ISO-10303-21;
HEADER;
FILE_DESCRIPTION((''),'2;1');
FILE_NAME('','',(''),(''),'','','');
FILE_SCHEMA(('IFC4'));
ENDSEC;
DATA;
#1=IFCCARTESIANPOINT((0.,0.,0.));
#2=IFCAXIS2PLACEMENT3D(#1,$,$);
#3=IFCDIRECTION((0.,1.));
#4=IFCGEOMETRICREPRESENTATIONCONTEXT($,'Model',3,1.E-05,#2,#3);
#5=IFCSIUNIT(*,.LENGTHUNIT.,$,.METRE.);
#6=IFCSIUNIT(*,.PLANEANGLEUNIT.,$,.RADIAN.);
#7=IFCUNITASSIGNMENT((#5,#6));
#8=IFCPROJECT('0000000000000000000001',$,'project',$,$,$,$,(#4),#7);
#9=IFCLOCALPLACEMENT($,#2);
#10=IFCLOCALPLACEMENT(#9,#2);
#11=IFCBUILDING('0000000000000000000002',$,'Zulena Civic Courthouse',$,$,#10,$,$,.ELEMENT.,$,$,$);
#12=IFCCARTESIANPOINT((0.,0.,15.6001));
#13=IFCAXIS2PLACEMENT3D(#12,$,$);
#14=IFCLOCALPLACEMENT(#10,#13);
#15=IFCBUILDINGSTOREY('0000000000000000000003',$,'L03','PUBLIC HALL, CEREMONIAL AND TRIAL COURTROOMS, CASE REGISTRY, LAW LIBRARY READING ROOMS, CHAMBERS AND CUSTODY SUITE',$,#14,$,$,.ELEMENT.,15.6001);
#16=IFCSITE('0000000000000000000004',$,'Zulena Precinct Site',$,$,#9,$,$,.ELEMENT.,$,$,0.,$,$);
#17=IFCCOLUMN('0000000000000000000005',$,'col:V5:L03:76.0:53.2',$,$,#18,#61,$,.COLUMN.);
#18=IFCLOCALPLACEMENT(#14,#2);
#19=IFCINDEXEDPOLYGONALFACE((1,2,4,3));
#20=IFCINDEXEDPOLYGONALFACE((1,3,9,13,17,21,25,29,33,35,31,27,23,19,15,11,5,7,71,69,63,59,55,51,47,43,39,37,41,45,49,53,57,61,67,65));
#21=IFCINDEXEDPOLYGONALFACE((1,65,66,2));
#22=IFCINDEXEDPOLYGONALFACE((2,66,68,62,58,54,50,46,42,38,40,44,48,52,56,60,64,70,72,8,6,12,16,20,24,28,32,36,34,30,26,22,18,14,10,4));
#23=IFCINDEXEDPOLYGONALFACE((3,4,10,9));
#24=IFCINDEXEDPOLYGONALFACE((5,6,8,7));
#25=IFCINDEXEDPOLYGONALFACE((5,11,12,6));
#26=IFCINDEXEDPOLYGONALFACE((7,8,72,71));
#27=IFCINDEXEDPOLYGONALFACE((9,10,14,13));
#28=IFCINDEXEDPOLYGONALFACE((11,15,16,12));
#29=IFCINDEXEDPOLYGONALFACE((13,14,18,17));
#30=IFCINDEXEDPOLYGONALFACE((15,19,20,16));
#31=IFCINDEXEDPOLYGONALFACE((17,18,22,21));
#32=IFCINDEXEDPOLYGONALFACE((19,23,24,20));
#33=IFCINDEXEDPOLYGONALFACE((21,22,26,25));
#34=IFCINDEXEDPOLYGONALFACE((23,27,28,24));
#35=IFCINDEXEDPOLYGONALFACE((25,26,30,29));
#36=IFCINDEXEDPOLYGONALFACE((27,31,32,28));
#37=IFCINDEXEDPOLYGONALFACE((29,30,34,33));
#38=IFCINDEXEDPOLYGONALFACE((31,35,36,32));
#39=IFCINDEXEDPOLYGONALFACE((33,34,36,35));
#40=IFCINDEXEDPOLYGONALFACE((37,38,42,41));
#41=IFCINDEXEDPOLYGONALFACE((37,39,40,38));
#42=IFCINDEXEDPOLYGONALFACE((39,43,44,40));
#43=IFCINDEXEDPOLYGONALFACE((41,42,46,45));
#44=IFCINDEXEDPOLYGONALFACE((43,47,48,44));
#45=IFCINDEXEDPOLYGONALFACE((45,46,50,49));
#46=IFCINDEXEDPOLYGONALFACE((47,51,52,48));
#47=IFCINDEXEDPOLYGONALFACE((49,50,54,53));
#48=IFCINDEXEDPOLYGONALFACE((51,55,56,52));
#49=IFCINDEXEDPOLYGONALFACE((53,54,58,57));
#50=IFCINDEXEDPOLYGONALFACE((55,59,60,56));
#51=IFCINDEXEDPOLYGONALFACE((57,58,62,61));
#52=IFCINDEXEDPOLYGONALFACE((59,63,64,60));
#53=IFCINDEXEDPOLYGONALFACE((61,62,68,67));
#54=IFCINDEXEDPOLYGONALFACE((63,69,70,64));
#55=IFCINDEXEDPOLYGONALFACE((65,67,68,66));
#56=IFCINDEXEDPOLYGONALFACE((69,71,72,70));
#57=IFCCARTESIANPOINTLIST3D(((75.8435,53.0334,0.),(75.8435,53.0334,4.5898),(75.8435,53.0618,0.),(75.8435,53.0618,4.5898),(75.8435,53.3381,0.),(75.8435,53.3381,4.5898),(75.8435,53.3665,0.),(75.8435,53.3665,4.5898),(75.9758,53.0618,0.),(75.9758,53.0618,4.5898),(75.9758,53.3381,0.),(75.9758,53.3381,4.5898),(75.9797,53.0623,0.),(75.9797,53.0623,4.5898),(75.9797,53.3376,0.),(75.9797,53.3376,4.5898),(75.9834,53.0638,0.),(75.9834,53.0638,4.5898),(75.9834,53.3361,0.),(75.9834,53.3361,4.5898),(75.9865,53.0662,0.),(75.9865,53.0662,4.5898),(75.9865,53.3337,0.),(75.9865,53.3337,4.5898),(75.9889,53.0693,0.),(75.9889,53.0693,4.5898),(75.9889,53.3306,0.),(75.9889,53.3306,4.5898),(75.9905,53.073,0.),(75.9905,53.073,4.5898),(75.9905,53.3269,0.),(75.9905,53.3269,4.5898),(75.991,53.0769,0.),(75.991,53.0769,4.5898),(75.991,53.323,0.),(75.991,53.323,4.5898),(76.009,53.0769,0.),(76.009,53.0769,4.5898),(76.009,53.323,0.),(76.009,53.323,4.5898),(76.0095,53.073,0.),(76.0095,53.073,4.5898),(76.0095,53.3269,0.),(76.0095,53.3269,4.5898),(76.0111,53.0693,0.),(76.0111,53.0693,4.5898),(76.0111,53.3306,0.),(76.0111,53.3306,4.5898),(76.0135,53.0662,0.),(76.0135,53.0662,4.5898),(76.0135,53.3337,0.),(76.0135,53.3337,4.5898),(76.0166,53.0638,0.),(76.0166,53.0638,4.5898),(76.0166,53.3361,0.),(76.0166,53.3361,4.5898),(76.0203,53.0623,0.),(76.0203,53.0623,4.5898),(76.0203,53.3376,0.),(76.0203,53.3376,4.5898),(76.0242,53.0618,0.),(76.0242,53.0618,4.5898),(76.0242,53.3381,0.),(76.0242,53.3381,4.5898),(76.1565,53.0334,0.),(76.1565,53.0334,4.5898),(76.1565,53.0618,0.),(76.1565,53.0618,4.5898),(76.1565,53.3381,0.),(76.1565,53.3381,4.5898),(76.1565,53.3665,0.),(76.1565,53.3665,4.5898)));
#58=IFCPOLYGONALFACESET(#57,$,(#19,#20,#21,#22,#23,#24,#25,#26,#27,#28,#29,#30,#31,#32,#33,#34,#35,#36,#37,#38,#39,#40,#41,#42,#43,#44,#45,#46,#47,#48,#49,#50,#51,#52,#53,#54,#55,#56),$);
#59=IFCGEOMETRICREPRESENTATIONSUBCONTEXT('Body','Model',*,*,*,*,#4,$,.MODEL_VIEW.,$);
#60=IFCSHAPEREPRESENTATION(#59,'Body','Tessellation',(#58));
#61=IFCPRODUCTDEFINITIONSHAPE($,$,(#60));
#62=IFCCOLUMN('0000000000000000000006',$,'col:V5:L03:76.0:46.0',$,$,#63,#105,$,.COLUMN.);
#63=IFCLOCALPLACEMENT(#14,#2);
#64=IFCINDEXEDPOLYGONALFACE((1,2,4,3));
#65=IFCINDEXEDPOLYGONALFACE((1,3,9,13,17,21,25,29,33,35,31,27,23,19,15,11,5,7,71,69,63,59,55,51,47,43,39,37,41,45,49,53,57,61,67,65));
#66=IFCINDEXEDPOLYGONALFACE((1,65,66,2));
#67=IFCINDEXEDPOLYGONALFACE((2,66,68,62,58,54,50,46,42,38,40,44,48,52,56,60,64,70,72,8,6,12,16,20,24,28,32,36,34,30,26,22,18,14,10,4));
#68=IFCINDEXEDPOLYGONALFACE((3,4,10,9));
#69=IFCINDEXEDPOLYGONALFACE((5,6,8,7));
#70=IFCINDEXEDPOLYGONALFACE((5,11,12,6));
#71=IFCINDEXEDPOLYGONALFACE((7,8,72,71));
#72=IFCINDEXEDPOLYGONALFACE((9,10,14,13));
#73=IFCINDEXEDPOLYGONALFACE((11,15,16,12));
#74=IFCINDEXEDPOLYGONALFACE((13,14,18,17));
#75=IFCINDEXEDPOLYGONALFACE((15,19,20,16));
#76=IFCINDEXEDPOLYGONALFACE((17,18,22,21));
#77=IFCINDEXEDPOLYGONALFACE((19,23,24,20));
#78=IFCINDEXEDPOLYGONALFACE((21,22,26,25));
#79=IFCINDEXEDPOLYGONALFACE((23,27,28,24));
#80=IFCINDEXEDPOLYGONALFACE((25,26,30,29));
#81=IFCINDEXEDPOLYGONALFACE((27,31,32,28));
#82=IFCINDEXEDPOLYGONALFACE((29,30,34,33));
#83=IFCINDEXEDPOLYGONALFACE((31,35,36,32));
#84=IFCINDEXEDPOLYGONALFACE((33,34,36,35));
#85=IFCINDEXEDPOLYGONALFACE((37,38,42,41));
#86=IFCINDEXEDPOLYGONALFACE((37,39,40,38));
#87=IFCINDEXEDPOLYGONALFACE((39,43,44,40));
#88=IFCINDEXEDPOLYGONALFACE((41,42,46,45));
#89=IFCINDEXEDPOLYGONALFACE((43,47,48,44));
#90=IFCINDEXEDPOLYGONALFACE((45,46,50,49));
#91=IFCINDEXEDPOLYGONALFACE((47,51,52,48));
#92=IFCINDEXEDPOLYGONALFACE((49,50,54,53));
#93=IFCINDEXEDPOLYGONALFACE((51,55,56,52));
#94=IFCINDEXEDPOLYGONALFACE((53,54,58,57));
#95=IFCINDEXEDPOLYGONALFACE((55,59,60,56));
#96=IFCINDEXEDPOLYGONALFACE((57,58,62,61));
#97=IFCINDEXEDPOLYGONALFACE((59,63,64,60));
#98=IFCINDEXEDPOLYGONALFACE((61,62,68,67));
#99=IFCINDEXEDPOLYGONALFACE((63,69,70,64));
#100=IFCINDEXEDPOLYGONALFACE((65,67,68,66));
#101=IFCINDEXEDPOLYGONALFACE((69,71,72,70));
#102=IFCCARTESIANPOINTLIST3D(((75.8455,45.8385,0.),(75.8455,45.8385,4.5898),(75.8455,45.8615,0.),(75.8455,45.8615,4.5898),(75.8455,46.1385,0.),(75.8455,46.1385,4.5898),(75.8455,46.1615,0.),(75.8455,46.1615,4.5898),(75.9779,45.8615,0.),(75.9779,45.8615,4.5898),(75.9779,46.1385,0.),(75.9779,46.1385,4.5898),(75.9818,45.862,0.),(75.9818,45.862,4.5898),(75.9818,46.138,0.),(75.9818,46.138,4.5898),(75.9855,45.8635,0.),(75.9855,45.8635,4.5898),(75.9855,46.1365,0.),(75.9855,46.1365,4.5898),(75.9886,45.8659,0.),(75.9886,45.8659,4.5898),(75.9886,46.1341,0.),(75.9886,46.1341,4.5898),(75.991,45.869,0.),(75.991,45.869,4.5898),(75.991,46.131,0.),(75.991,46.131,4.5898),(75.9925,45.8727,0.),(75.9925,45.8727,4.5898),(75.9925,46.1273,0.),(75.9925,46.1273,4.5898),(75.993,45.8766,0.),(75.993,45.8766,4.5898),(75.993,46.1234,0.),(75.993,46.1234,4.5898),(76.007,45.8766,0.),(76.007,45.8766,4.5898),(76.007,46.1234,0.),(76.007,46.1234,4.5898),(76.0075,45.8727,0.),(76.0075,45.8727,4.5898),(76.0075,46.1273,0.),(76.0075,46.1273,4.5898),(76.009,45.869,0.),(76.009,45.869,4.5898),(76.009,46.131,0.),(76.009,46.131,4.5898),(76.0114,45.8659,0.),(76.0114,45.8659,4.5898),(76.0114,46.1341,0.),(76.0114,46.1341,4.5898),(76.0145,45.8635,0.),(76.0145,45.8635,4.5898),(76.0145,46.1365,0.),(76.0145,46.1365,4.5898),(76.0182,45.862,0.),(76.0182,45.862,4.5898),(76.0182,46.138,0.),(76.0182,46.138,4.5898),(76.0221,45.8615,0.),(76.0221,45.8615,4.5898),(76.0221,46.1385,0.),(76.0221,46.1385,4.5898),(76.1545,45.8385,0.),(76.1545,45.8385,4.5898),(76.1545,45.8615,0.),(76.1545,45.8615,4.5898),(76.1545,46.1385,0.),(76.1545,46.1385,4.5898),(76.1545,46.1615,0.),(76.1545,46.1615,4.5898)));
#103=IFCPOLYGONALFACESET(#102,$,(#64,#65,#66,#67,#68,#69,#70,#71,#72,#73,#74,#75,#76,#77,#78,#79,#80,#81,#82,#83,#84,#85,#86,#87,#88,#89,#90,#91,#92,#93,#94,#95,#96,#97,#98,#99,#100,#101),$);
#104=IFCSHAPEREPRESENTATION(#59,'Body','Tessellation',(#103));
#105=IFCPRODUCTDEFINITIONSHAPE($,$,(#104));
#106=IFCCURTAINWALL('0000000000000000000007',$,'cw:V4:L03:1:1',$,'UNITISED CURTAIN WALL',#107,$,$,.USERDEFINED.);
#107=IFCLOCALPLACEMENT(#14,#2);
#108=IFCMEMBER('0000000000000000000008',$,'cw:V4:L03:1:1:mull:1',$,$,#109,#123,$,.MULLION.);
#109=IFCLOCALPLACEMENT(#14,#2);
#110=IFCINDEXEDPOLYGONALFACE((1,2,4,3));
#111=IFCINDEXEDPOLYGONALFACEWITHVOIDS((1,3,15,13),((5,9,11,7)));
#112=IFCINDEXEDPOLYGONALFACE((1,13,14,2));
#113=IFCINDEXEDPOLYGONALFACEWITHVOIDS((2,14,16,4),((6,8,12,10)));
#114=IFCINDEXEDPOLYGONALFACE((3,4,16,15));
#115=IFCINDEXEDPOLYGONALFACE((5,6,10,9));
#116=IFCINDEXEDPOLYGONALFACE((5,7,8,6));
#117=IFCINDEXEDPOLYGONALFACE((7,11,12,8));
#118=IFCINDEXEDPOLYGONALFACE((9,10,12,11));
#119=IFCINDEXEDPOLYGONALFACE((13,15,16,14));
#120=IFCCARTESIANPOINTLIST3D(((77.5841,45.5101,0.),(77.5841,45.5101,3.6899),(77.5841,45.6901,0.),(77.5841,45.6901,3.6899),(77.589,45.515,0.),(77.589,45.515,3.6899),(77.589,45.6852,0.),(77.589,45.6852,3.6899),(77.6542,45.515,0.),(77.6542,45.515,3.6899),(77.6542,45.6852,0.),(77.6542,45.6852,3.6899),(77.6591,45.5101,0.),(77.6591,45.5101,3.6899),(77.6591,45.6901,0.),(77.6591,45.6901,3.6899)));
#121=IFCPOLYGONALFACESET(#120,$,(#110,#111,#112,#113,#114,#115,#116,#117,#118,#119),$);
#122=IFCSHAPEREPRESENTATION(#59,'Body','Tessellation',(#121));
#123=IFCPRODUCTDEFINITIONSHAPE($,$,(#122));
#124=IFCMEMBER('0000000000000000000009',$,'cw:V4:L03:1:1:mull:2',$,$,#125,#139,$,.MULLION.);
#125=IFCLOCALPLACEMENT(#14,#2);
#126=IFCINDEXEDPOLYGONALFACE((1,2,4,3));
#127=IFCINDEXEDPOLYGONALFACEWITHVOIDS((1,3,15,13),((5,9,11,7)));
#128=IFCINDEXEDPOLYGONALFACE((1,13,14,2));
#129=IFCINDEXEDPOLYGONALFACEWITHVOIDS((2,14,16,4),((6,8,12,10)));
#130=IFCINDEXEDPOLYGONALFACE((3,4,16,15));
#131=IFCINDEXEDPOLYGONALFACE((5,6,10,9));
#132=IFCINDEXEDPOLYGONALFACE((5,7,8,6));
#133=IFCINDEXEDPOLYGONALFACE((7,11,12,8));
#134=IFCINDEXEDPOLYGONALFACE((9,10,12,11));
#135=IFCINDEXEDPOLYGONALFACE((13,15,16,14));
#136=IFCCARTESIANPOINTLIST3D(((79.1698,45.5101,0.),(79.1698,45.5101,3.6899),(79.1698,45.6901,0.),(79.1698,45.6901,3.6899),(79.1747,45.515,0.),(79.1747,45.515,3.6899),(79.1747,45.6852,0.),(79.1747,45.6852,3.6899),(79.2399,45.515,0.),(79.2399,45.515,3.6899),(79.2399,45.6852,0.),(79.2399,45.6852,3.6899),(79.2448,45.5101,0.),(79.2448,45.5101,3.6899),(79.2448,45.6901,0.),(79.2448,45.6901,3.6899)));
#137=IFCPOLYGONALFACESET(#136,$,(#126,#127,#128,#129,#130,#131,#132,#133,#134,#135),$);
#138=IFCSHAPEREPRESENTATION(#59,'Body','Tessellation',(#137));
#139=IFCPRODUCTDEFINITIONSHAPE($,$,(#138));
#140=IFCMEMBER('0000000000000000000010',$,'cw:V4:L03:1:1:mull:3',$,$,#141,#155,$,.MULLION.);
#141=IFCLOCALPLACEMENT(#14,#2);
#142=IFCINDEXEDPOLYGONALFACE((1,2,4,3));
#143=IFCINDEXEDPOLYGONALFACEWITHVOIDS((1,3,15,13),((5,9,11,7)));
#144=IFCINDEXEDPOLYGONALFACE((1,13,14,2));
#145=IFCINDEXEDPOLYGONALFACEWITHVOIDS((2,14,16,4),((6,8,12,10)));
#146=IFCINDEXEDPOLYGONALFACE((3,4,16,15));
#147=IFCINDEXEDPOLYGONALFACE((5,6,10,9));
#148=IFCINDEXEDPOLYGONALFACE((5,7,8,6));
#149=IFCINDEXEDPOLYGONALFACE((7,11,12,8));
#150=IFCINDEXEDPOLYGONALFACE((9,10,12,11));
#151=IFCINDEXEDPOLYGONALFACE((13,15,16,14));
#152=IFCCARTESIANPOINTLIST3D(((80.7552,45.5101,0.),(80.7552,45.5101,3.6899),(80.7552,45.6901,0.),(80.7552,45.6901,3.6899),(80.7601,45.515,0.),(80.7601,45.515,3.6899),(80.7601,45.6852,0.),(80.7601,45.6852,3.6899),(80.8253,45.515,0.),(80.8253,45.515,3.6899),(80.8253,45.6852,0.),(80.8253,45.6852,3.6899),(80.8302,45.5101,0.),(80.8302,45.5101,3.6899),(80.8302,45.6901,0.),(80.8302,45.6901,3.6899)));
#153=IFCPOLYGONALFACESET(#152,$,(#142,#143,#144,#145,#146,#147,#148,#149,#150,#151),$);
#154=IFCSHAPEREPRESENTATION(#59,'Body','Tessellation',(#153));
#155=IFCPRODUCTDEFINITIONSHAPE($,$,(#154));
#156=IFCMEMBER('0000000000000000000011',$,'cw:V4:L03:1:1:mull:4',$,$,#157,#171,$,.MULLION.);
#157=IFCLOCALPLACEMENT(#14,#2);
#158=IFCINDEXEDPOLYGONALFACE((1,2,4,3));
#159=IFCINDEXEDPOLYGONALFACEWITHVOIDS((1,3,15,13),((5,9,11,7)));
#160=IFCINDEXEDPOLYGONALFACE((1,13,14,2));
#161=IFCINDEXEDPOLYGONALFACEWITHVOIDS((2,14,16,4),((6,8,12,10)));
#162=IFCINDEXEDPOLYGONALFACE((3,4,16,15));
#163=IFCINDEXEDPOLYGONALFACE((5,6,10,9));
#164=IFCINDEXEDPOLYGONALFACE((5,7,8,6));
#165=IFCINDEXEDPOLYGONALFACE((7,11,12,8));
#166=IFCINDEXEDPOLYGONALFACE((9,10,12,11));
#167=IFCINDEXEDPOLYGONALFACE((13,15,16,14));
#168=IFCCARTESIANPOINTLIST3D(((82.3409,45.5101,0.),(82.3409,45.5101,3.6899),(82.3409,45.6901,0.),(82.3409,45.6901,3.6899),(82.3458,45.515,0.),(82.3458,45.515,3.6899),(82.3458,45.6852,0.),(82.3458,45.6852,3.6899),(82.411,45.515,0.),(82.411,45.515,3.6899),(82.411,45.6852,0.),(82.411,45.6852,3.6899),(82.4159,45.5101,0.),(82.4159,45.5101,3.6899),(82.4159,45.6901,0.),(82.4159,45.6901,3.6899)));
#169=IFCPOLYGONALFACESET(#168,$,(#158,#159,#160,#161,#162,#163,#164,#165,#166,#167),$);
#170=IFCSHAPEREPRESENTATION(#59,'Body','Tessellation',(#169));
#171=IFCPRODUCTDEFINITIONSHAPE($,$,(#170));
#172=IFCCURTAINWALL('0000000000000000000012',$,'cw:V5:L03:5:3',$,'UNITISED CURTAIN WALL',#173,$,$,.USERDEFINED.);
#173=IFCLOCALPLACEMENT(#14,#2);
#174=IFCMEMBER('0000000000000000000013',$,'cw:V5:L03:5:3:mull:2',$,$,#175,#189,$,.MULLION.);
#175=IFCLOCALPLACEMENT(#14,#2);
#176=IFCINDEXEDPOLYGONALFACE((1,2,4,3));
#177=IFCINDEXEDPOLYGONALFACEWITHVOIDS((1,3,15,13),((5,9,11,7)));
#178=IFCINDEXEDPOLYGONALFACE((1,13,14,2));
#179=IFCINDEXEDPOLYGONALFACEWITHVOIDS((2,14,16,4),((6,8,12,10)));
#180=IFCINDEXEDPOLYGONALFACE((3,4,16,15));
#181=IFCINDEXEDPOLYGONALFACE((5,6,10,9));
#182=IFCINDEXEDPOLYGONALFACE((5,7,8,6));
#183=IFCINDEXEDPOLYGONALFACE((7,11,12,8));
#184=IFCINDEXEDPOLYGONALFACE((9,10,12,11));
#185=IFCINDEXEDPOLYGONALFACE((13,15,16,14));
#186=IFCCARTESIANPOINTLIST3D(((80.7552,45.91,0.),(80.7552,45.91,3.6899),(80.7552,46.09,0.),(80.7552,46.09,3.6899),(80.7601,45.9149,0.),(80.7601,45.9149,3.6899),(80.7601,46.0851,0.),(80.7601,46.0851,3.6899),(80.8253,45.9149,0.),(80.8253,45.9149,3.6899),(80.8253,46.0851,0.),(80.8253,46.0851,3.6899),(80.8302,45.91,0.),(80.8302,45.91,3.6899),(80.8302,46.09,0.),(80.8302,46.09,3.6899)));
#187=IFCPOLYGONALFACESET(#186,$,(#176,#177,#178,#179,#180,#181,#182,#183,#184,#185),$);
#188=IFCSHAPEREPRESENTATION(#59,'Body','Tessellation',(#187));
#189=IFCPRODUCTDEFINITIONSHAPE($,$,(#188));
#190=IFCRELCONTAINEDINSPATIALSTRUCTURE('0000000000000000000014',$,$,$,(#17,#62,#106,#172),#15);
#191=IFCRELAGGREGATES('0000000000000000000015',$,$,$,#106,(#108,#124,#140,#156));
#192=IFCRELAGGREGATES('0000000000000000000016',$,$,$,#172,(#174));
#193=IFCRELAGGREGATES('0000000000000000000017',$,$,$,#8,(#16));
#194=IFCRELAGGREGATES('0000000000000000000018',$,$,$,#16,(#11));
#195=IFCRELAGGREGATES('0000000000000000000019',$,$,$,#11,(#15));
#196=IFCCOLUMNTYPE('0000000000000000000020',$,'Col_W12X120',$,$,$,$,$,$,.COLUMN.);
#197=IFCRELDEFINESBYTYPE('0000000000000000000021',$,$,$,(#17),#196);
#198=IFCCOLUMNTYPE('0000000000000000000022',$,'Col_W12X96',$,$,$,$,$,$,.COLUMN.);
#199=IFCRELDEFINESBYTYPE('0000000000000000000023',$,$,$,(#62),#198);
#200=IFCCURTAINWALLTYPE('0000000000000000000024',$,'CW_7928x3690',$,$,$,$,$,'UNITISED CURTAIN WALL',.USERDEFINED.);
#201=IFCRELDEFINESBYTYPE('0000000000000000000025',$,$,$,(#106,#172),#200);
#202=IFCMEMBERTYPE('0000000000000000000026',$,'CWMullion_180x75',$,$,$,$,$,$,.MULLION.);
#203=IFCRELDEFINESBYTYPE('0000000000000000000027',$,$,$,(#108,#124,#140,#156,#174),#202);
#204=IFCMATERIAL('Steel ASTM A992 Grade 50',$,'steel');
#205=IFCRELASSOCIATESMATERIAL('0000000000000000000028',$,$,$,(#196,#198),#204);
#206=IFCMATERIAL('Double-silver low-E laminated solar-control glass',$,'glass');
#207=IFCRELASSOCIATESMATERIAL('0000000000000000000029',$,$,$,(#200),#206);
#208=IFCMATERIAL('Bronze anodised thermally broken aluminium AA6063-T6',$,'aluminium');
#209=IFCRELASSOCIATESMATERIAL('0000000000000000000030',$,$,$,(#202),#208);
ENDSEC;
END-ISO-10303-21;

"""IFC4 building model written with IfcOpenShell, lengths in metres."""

from ifc_helpers import new_model, si_unit, direction, frame, origin, origin_2d, place, context, subcontext, project, spatial, hollow_rectangle, i_section, extrude, material, material_profile, profile_set, type_object, element, aggregate, save


model = new_model("IFC4")

# Units and contexts
model_context = context("Model", 3, precision=1e-05, world=origin(), true_north=direction((0.0, 1.0)))
body_context = subcontext(model_context, "Body", "Model", "MODEL_VIEW")
ifc_project = project(units=[si_unit("LENGTHUNIT", "METRE"), si_unit("PLANEANGLEUNIT", "RADIAN")], contexts=[model_context])

# Site, building, storey
site_placement = place(None, origin())
site = spatial("IfcSite", under=ifc_project, at=site_placement, Name="Zulena Precinct Site", CompositionType="ELEMENT", RefElevation=0.0)
building_placement = place(site_placement, origin())
building = spatial("IfcBuilding", under=site, at=building_placement, Name="Zulena Civic Courthouse", CompositionType="ELEMENT")
storey_placement = place(building_placement, frame((0.0, 0.0, 15.6001)))
storey = spatial("IfcBuildingStorey", under=building, at=storey_placement, Name="L03", Description="PUBLIC HALL, CEREMONIAL AND TRIAL COURTROOMS, CASE REGISTRY, LAW LIBRARY READING ROOMS, CHAMBERS AND CUSTODY SUITE", CompositionType="ELEMENT", Elevation=15.6001)

# Columns
ifc_material_1 = material(Name="Steel ASTM A992 Grade 50", Category="steel")
ifc_material_profile_1 = material_profile(ifc_material_1, i_section(OverallWidth=0.313, OverallDepth=0.333, WebThickness=0.0181, FlangeThickness=0.0283, FilletRadius=0.0151, at=origin_2d()), Name="W12X120")
ifc_profile_set_1 = profile_set([ifc_material_profile_1], Name="Steel ASTM A992 Grade 50")
column_type_1 = type_object("IfcColumnType", Name="Col_W12X120", PredefinedType="COLUMN", material=ifc_profile_set_1)
column_1_placement = place(storey_placement, frame((76.0, 53.2, 0.0), z_axis=(0.0, 0.0, 1.0), x_axis=(1.0, 0.0, 0.0)))
element("IfcColumn", 1, at=column_1_placement, inside=storey, type_object=column_type_1, Name="col:V5:L03:76.0:53.2", PredefinedType="COLUMN", context=body_context, shape_type="SweptSolid", body=[
    extrude(i_section(OverallWidth=0.313, OverallDepth=0.333, WebThickness=0.0181, FlangeThickness=0.0283, FilletRadius=0.0151, at=origin_2d()), origin(), (0.0, 0.0, 1.0), 4.5898),
])
ifc_material_profile_2 = material_profile(ifc_material_1, i_section(OverallWidth=0.3091, OverallDepth=0.323, WebThickness=0.0139, FlangeThickness=0.0229, FilletRadius=0.0151, at=origin_2d()), Name="W12X96")
ifc_profile_set_2 = profile_set([ifc_material_profile_2], Name="Steel ASTM A992 Grade 50")
column_type_2 = type_object("IfcColumnType", Name="Col_W12X96", PredefinedType="COLUMN", material=ifc_profile_set_2)
column_2_placement = place(storey_placement, frame((76.0, 46.0, 0.0), z_axis=(0.0, 0.0, 1.0), x_axis=(1.0, 0.0, 0.0)))
element("IfcColumn", 2, at=column_2_placement, inside=storey, type_object=column_type_2, Name="col:V5:L03:76.0:46.0", PredefinedType="COLUMN", context=body_context, shape_type="SweptSolid", body=[
    extrude(i_section(OverallWidth=0.3091, OverallDepth=0.323, WebThickness=0.0139, FlangeThickness=0.0229, FilletRadius=0.0151, at=origin_2d()), origin(), (0.0, 0.0, 1.0), 4.5898),
])

# Curtain walls, members
ifc_material_2 = material(Name="Double-silver low-E laminated solar-control glass", Category="glass")
curtain_wall_type = type_object("IfcCurtainWallType", Name="CW_7928x3690", ElementType="UNITISED CURTAIN WALL", PredefinedType="USERDEFINED", material=ifc_material_2)
curtain_wall_1_placement = place(storey_placement, origin())
curtain_wall_1 = element("IfcCurtainWall", 3, at=curtain_wall_1_placement, inside=storey, type_object=curtain_wall_type, Name="cw:V4:L03:1:1", ObjectType="UNITISED CURTAIN WALL", PredefinedType="USERDEFINED")
ifc_material_3 = material(Name="Bronze anodised thermally broken aluminium AA6063-T6", Category="aluminium")
ifc_material_profile_3 = material_profile(ifc_material_3, hollow_rectangle(XDim=0.075, YDim=0.1799, WallThickness=0.0049, at=origin_2d()), Name="CWM180X75X5")
ifc_profile_set_3 = profile_set([ifc_material_profile_3], Name="Bronze anodised thermally broken aluminium AA6063-T6")
member_type_1 = type_object("IfcMemberType", Name="CWMullion_180x75", PredefinedType="MULLION", material=ifc_profile_set_3)
member_1_placement = place(storey_placement, frame((77.6216, 45.6001, 0.0), z_axis=(0.0, 0.0, 1.0), x_axis=(1.0, 0.0, 0.0)))
member_1 = element("IfcMember", 4, at=member_1_placement, type_object=member_type_1, Name="cw:V4:L03:1:1:mull:1", PredefinedType="MULLION", context=body_context, shape_type="SweptSolid", body=[
    extrude(hollow_rectangle(XDim=0.075, YDim=0.1799, WallThickness=0.0049, at=origin_2d()), origin(), (0.0, 0.0, 1.0), 3.6899),
])
member_2_placement = place(storey_placement, frame((79.2073, 45.6001, 0.0), z_axis=(0.0, 0.0, 1.0), x_axis=(1.0, 0.0, 0.0)))
member_2 = element("IfcMember", 5, at=member_2_placement, type_object=member_type_1, Name="cw:V4:L03:1:1:mull:2", PredefinedType="MULLION", context=body_context, shape_type="SweptSolid", body=[
    extrude(hollow_rectangle(XDim=0.075, YDim=0.1799, WallThickness=0.0049, at=origin_2d()), origin(), (0.0, 0.0, 1.0), 3.6899),
])
member_3_placement = place(storey_placement, frame((80.7927, 45.6001, 0.0), z_axis=(0.0, 0.0, 1.0), x_axis=(1.0, 0.0, 0.0)))
member_3 = element("IfcMember", 6, at=member_3_placement, type_object=member_type_1, Name="cw:V4:L03:1:1:mull:3", PredefinedType="MULLION", context=body_context, shape_type="SweptSolid", body=[
    extrude(hollow_rectangle(XDim=0.075, YDim=0.1799, WallThickness=0.0049, at=origin_2d()), origin(), (0.0, 0.0, 1.0), 3.6899),
])
member_4_placement = place(storey_placement, frame((82.3784, 45.6001, 0.0), z_axis=(0.0, 0.0, 1.0), x_axis=(1.0, 0.0, 0.0)))
member_4 = element("IfcMember", 7, at=member_4_placement, type_object=member_type_1, Name="cw:V4:L03:1:1:mull:4", PredefinedType="MULLION", context=body_context, shape_type="SweptSolid", body=[
    extrude(hollow_rectangle(XDim=0.075, YDim=0.1799, WallThickness=0.0049, at=origin_2d()), origin(), (0.0, 0.0, 1.0), 3.6899),
])
curtain_wall_2_placement = place(storey_placement, origin())
curtain_wall_2 = element("IfcCurtainWall", 8, at=curtain_wall_2_placement, inside=storey, type_object=curtain_wall_type, Name="cw:V5:L03:5:3", ObjectType="UNITISED CURTAIN WALL", PredefinedType="USERDEFINED")
member_5_placement = place(storey_placement, frame((80.7927, 46.0, 0.0), z_axis=(0.0, 0.0, 1.0), x_axis=(1.0, 0.0, 0.0)))
member_5 = element("IfcMember", 9, at=member_5_placement, type_object=member_type_1, Name="cw:V5:L03:5:3:mull:2", PredefinedType="MULLION", context=body_context, shape_type="SweptSolid", body=[
    extrude(hollow_rectangle(XDim=0.075, YDim=0.1799, WallThickness=0.0049, at=origin_2d()), origin(), (0.0, 0.0, 1.0), 3.6899),
])

aggregate(curtain_wall_1, [member_1, member_2, member_3, member_4])
aggregate(curtain_wall_2, [member_5])

save(model, "model.ifc")
